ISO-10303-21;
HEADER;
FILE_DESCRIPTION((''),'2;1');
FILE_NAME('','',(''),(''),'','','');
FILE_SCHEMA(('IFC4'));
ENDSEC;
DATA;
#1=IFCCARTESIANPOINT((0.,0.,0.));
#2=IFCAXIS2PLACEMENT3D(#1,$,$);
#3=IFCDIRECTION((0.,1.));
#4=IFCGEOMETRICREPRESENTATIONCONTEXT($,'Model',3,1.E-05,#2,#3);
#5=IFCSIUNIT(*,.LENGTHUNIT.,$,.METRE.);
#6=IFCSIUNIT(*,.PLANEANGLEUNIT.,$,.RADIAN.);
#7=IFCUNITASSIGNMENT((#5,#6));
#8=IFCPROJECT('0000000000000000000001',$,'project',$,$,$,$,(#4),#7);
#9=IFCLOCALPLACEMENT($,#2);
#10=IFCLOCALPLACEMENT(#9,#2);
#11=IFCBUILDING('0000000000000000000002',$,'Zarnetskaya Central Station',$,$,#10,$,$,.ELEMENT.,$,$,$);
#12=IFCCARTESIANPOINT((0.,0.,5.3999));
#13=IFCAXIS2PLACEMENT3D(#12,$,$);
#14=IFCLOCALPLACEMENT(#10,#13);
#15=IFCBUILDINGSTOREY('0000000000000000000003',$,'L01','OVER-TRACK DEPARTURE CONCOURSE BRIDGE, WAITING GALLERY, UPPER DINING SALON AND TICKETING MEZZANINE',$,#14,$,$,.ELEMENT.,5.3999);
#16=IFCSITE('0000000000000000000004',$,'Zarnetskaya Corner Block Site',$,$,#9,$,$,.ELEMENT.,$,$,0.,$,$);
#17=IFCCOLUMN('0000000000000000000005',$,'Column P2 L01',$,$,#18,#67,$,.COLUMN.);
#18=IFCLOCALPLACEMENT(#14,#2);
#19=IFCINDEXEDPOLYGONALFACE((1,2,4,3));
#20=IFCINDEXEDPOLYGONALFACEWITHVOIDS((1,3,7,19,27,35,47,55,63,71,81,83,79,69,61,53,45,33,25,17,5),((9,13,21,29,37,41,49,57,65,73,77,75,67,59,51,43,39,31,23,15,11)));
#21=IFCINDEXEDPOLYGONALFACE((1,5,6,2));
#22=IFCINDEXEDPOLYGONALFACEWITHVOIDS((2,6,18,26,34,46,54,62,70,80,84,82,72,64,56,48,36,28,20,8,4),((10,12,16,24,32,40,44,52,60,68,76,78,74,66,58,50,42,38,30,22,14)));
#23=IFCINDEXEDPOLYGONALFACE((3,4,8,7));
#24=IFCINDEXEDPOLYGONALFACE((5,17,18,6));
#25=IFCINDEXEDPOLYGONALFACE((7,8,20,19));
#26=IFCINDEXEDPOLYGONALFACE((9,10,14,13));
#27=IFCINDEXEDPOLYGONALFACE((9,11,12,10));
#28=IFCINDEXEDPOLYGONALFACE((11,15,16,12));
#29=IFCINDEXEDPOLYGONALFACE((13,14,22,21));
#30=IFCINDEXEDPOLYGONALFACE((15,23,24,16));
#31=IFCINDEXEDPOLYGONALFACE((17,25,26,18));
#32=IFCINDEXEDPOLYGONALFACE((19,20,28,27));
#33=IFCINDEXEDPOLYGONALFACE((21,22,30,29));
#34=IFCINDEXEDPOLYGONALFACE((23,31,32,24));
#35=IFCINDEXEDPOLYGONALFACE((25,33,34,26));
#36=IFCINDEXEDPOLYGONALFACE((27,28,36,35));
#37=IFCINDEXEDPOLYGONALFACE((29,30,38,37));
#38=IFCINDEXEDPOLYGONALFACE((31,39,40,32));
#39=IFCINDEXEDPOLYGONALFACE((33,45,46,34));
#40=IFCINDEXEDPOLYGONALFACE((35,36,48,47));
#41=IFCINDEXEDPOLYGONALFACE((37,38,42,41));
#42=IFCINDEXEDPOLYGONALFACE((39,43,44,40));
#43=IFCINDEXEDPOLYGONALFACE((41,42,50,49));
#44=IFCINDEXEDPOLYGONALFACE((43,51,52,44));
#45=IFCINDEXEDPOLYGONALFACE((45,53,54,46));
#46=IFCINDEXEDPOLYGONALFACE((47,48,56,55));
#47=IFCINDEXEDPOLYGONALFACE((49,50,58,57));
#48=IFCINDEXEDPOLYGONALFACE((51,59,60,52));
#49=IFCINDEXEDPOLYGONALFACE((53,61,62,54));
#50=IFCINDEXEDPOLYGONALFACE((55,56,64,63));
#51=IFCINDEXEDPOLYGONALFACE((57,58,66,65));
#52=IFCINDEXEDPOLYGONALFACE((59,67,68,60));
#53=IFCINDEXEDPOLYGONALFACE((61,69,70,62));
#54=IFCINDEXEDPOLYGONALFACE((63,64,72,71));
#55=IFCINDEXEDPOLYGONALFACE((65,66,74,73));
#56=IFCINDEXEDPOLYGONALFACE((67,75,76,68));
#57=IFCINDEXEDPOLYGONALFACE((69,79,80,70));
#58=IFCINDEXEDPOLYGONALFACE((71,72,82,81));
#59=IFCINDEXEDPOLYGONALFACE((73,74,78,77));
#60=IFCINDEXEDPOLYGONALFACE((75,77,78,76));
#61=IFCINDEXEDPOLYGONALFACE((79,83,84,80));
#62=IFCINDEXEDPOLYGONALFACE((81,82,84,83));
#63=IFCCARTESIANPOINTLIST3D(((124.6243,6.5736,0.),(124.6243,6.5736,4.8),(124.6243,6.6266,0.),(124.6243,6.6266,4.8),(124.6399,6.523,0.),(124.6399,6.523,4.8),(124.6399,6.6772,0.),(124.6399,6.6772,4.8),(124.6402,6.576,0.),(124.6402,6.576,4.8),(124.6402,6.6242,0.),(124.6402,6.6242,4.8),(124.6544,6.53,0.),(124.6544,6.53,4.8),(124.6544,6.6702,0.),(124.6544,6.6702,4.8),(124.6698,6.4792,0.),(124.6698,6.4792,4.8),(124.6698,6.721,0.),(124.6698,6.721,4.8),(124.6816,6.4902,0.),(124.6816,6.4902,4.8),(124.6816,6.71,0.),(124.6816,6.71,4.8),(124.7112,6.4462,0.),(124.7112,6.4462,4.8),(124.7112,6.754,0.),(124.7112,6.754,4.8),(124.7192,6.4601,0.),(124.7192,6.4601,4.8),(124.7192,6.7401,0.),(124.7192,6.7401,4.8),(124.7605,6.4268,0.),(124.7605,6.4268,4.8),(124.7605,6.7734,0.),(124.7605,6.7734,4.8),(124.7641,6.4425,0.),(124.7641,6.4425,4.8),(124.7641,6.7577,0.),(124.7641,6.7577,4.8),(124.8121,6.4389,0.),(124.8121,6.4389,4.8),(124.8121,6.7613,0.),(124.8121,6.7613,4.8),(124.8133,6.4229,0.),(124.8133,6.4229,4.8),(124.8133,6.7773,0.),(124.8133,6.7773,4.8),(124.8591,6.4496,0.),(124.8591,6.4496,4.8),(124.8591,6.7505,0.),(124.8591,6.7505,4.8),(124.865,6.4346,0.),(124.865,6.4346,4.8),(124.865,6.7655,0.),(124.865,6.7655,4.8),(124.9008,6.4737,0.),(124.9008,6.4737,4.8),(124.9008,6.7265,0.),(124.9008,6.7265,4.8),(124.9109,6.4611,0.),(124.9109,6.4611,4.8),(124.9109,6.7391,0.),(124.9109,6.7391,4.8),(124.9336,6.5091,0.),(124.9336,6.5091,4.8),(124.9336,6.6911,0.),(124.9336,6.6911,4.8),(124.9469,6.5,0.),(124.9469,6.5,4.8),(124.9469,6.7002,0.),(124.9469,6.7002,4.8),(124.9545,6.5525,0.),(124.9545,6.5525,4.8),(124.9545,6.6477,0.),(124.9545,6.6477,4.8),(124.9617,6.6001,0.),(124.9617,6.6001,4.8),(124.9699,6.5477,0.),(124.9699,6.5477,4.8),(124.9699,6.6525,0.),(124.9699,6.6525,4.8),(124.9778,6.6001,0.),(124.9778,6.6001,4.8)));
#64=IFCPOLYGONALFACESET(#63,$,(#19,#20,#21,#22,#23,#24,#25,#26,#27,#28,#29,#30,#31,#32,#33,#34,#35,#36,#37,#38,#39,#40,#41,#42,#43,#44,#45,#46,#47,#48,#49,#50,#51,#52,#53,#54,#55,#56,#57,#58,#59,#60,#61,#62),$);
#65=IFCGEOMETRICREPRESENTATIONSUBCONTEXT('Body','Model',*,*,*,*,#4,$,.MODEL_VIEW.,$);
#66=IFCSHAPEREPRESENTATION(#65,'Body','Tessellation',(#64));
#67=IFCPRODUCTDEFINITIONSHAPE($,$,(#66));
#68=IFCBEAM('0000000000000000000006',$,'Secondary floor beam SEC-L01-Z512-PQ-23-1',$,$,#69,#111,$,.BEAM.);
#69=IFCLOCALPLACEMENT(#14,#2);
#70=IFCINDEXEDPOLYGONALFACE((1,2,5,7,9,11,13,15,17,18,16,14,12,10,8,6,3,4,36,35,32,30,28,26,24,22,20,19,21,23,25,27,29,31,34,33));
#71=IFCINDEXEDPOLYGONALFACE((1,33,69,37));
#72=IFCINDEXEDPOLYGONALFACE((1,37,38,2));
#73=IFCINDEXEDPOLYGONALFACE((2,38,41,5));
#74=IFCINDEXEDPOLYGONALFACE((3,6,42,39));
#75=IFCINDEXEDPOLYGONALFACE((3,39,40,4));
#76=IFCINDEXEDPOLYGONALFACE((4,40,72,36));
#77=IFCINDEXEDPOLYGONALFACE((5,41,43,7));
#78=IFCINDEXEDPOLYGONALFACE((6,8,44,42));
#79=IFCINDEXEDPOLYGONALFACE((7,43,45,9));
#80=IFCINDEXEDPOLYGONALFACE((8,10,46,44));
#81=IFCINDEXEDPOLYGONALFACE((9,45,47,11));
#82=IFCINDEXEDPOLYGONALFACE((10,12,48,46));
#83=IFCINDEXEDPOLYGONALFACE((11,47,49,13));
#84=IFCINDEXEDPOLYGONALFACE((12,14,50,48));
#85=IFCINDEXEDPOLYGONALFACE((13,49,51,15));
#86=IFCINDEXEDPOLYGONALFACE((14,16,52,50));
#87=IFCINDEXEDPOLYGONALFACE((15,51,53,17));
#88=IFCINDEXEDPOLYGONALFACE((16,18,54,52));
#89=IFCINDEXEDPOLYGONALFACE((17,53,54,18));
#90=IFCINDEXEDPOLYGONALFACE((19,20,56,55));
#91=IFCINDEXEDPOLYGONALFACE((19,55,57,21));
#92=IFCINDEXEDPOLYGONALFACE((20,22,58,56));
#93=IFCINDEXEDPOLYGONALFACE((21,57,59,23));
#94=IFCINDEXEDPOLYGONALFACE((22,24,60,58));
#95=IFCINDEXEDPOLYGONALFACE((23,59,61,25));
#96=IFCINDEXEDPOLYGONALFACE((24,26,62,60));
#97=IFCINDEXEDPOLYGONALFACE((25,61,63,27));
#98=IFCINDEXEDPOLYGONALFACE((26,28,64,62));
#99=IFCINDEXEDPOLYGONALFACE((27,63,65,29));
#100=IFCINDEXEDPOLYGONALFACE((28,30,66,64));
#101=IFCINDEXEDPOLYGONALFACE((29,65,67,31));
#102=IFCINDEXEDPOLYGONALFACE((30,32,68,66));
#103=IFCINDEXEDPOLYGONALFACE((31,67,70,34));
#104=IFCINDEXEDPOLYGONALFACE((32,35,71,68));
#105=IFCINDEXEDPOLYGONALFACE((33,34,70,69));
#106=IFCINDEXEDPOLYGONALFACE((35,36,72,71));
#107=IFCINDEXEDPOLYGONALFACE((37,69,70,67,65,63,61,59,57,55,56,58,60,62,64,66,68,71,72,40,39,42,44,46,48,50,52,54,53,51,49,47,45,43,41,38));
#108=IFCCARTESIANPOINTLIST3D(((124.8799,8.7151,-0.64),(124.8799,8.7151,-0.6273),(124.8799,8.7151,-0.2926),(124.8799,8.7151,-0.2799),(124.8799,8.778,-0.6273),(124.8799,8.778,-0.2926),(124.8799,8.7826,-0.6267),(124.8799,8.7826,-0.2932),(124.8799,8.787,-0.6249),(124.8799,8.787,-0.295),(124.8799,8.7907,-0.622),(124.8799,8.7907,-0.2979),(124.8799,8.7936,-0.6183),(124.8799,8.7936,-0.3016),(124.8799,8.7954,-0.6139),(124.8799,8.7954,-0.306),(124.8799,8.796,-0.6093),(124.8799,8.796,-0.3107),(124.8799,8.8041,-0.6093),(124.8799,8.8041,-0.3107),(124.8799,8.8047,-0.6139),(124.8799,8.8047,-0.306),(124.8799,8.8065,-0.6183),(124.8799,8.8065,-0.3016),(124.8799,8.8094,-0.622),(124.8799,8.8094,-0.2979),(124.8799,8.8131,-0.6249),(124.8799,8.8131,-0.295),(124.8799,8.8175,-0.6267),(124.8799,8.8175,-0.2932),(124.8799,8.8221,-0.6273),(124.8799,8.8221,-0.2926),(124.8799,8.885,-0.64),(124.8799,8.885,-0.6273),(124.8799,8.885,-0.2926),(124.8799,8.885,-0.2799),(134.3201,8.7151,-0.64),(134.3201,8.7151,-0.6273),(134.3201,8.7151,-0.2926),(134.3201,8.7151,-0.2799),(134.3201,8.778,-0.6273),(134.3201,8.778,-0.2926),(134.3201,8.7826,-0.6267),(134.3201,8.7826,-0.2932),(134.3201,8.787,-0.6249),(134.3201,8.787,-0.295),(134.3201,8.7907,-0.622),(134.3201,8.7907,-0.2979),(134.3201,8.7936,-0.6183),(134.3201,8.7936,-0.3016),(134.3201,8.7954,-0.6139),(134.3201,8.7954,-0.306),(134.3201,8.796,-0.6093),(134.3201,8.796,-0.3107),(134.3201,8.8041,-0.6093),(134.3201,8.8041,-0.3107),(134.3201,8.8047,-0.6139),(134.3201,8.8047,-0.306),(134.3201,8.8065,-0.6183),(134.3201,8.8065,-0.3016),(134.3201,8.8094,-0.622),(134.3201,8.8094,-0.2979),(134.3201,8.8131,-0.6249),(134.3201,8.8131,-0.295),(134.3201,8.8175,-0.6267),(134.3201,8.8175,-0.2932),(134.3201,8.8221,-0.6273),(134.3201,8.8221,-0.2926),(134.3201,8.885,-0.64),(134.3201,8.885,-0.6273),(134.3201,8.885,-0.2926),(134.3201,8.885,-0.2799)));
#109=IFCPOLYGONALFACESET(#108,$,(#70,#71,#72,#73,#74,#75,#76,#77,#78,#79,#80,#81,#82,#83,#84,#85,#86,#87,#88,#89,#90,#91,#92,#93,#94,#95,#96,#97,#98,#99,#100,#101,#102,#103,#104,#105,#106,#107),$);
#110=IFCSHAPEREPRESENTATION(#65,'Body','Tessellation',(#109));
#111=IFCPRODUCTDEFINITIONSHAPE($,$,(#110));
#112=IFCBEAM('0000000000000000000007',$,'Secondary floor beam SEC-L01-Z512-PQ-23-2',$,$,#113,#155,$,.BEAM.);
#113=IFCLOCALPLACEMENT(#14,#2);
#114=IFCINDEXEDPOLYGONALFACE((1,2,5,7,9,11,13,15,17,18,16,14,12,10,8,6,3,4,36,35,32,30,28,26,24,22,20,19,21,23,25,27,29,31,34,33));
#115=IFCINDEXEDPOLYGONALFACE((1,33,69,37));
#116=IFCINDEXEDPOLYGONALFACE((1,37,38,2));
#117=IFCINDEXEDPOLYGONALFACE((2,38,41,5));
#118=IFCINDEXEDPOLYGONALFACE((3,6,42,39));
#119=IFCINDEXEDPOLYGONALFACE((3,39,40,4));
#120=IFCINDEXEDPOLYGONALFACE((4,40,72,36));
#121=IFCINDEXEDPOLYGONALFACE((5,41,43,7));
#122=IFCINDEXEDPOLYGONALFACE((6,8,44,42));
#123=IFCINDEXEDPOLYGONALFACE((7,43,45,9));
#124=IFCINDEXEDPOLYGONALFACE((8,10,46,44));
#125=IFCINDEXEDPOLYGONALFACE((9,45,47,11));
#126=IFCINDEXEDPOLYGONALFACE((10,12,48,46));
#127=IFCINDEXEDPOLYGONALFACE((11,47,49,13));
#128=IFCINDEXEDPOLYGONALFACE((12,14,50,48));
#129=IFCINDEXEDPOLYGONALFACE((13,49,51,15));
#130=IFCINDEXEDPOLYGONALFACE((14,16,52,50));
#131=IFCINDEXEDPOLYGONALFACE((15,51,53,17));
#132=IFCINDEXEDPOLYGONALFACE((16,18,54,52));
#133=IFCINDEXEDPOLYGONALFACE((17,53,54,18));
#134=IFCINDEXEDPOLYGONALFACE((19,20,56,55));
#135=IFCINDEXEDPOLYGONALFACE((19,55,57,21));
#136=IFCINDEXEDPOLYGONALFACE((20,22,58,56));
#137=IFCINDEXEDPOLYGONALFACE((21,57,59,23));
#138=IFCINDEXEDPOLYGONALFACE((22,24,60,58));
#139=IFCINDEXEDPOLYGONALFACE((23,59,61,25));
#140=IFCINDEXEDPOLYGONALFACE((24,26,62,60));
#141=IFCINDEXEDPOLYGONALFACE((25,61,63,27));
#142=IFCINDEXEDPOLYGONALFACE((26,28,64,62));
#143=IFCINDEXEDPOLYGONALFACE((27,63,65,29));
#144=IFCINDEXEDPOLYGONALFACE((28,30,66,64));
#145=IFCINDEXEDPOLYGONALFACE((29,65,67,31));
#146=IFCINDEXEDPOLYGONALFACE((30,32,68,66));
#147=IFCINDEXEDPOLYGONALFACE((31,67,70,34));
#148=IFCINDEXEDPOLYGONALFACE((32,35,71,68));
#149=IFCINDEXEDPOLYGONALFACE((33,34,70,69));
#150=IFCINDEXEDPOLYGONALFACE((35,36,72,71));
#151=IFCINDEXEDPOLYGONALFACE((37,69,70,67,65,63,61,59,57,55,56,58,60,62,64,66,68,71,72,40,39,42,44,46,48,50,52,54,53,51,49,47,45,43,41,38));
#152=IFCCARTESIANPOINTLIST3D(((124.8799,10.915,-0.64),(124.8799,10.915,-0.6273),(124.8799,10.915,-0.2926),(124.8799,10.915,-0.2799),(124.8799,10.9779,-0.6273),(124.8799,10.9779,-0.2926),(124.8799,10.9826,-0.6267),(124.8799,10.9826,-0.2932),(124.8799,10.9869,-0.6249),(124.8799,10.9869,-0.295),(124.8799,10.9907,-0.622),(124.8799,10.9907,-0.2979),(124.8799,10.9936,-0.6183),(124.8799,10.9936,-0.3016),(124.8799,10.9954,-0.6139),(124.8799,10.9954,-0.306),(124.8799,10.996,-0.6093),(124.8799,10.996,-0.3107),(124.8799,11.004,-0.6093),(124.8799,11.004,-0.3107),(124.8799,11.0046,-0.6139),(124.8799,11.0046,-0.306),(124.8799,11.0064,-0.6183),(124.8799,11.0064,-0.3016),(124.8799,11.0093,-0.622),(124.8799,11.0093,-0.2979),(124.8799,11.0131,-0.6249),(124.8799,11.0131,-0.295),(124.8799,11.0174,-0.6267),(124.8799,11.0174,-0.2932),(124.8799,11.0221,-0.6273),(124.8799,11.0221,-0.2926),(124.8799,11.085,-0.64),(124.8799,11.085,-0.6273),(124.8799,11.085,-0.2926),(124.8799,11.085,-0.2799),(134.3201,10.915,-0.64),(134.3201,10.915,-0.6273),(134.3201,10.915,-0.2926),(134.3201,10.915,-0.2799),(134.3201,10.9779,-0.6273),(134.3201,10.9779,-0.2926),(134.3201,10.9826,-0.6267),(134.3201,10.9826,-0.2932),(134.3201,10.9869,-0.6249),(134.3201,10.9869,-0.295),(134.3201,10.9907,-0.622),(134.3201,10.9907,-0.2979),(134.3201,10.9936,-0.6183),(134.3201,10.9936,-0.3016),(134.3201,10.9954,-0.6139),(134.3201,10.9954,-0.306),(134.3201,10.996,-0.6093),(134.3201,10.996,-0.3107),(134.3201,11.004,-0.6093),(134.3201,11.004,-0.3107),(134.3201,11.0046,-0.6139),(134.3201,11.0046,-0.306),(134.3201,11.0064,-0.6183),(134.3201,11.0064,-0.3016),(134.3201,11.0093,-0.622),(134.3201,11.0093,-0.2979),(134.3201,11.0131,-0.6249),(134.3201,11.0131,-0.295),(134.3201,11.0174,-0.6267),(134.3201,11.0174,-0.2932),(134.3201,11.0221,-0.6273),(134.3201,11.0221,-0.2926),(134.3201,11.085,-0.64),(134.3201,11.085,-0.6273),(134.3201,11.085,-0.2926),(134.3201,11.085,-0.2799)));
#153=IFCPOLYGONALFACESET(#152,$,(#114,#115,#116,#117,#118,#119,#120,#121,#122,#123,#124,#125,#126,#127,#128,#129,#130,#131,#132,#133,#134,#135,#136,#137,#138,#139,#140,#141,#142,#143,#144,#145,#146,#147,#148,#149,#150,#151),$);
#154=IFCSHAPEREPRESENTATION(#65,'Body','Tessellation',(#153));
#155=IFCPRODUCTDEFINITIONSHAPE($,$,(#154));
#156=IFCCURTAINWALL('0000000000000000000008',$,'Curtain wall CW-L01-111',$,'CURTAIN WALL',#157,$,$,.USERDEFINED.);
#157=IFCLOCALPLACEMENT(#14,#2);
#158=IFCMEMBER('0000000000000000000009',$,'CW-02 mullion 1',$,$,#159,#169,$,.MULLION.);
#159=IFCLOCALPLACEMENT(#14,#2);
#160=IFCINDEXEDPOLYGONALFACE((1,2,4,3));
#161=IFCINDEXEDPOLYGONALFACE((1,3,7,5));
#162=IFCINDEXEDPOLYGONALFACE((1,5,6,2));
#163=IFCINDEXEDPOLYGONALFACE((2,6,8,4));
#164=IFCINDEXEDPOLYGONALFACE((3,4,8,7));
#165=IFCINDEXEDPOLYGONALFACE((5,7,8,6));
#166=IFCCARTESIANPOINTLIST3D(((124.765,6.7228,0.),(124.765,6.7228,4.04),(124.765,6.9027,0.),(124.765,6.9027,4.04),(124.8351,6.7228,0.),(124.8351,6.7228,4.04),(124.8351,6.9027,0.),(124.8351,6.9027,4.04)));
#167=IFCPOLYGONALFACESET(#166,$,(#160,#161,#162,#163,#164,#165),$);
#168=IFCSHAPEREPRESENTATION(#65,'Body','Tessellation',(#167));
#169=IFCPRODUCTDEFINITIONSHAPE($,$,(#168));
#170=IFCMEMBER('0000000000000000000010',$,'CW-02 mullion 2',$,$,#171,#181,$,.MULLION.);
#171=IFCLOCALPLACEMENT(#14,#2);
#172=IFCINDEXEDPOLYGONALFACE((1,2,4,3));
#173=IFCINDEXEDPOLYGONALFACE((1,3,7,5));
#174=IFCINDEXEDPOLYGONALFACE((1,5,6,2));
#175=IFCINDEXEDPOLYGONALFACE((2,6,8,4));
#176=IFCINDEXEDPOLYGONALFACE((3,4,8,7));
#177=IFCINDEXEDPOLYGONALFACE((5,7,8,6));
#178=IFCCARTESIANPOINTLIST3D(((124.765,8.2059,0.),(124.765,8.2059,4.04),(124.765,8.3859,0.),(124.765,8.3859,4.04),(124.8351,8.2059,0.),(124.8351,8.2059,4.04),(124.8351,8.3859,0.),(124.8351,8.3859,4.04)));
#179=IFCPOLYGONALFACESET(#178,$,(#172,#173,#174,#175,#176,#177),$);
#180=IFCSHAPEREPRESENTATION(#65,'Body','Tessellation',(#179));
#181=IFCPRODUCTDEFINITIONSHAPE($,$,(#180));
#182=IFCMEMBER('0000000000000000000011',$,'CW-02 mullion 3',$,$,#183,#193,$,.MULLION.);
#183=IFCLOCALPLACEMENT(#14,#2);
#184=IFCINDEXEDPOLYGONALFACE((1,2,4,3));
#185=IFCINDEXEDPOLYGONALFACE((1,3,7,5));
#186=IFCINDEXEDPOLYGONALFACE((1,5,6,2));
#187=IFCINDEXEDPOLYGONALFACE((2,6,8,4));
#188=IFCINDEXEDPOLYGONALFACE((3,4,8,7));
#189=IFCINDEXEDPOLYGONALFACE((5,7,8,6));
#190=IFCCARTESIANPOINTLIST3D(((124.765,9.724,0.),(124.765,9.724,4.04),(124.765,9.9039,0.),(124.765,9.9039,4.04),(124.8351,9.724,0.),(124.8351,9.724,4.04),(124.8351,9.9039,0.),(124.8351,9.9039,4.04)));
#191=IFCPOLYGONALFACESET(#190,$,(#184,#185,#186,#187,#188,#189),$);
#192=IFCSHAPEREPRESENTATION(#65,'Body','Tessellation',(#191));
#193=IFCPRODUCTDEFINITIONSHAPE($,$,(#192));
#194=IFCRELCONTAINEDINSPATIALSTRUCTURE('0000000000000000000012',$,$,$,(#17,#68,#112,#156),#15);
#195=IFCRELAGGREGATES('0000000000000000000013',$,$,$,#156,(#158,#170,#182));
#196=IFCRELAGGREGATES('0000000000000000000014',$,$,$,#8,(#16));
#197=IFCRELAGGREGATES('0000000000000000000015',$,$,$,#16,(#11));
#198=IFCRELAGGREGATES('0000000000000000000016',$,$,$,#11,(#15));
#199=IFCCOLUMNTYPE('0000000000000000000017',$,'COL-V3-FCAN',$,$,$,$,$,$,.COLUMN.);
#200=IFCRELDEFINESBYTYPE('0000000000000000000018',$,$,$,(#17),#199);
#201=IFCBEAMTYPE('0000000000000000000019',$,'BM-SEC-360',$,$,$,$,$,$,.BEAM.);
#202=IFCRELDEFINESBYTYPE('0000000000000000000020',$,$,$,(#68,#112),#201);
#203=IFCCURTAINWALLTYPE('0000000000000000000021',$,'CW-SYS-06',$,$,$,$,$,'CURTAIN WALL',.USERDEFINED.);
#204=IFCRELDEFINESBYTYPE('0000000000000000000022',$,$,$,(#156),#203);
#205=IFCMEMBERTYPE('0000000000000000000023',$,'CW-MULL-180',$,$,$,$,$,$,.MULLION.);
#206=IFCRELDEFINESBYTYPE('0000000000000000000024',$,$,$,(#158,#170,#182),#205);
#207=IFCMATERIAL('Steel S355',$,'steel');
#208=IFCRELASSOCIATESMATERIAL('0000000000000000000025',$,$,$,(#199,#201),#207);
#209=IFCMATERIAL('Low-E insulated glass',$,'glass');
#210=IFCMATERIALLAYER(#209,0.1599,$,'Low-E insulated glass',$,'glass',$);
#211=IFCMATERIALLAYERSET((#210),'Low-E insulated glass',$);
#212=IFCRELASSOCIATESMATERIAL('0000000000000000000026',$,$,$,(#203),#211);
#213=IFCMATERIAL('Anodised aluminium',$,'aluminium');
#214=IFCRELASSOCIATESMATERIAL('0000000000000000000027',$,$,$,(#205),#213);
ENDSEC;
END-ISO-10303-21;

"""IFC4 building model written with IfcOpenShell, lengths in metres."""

from ifc_helpers import new_model, si_unit, direction, frame, origin, origin_2d, place, context, subcontext, project, spatial, rectangle, hollow_circle, i_section, extrude, material, layer, layer_set, material_profile, profile_set, type_object, element, aggregate, save


model = new_model("IFC4")

# Units and contexts
model_context = context("Model", 3, precision=1e-05, world=origin(), true_north=direction((0.0, 1.0)))
body_context = subcontext(model_context, "Body", "Model", "MODEL_VIEW")
ifc_project = project(units=[si_unit("LENGTHUNIT", "METRE"), si_unit("PLANEANGLEUNIT", "RADIAN")], contexts=[model_context])

# Site, building, storey
site_placement = place(None, origin())
site = spatial("IfcSite", under=ifc_project, at=site_placement, Name="Zarnetskaya Corner Block Site", CompositionType="ELEMENT", RefElevation=0.0)
building_placement = place(site_placement, origin())
building = spatial("IfcBuilding", under=site, at=building_placement, Name="Zarnetskaya Central Station", CompositionType="ELEMENT")
storey_placement = place(building_placement, frame((0.0, 0.0, 5.3999)))
storey = spatial("IfcBuildingStorey", under=building, at=storey_placement, Name="L01", Description="OVER-TRACK DEPARTURE CONCOURSE BRIDGE, WAITING GALLERY, UPPER DINING SALON AND TICKETING MEZZANINE", CompositionType="ELEMENT", Elevation=5.3999)

# Column
ifc_material_1 = material(Name="Steel S355", Category="steel")
ifc_material_profile_1 = material_profile(ifc_material_1, hollow_circle(Radius=0.1777, WallThickness=0.0161, at=origin_2d()), Name="CHS 355.6x16")
ifc_profile_set_1 = profile_set([ifc_material_profile_1], Name="Steel S355")
column_type = type_object("IfcColumnType", Name="COL-V3-FCAN", PredefinedType="COLUMN", material=ifc_profile_set_1)
column_placement = place(storey_placement, frame((124.8, 6.6001, 0.0), z_axis=(0.0, 0.0, 1.0), x_axis=(1.0, 0.0, 0.0)))
element("IfcColumn", 1, at=column_placement, inside=storey, type_object=column_type, Name="Column P2 L01", PredefinedType="COLUMN", context=body_context, shape_type="SweptSolid", body=[
    extrude(hollow_circle(Radius=0.1777, WallThickness=0.0161, at=origin_2d()), origin(), (0.0, 0.0, 1.0), 4.8),
])

# Beams
ifc_material_profile_2 = material_profile(ifc_material_1, i_section(OverallWidth=0.1699, OverallDepth=0.3601, WebThickness=0.0081, FlangeThickness=0.0127, FilletRadius=0.0181, at=origin_2d()), Name="IPE 360")
ifc_profile_set_2 = profile_set([ifc_material_profile_2], Name="Steel S355")
beam_type_1 = type_object("IfcBeamType", Name="BM-SEC-360", PredefinedType="BEAM", material=ifc_profile_set_2)
for number, where, z_axis, x_axis, name in (
    (2, (124.8799, 8.8, -0.46), (1.0, 0.0, 0.0), (0.0, 1.0, 0.0), "Secondary floor beam SEC-L01-Z512-PQ-23-1"),
    (3, (124.8799, 11.0, -0.46), (1.0, 0.0, 0.0), (0.0, 1.0, 0.0), "Secondary floor beam SEC-L01-Z512-PQ-23-2"),
):
    element("IfcBeam", number, at=place(storey_placement, frame(where, z_axis=z_axis, x_axis=x_axis)), inside=storey, type_object=beam_type_1, Name=name, PredefinedType="BEAM", context=body_context, shape_type="SweptSolid", body=[
        extrude(i_section(OverallWidth=0.1699, OverallDepth=0.3601, WebThickness=0.0081, FlangeThickness=0.0127, FilletRadius=0.0181, at=origin_2d()), origin(), (0.0, 0.0, 1.0), 9.4402),
    ])

# Curtain wall, members
ifc_material_2 = material(Name="Low-E insulated glass", Category="glass")
ifc_layer_1 = layer(ifc_material_2, 0.1599, Name="Low-E insulated glass", Category="glass")
ifc_layer_set_1 = layer_set([ifc_layer_1], Name="Low-E insulated glass")
curtain_wall_type = type_object("IfcCurtainWallType", Name="CW-SYS-06", ElementType="CURTAIN WALL", PredefinedType="USERDEFINED", material=ifc_layer_set_1)
curtain_wall_placement = place(storey_placement, origin())
curtain_wall = element("IfcCurtainWall", 4, at=curtain_wall_placement, inside=storey, type_object=curtain_wall_type, Name="Curtain wall CW-L01-111", ObjectType="CURTAIN WALL", PredefinedType="USERDEFINED")
ifc_material_3 = material(Name="Anodised aluminium", Category="aluminium")
ifc_material_profile_3 = material_profile(ifc_material_3, rectangle(XDim=0.0701, YDim=0.1799, at=origin_2d()), Name="ALU MULL 70x180")
ifc_profile_set_3 = profile_set([ifc_material_profile_3], Name="Anodised aluminium")
member_type_1 = type_object("IfcMemberType", Name="CW-MULL-180", PredefinedType="MULLION", material=ifc_profile_set_3)
member_1_placement = place(storey_placement, frame((124.8, 6.8127, 0.0), z_axis=(0.0, 0.0, 1.0), x_axis=(-1.0, 0.0, 0.0)))
member_1 = element("IfcMember", 5, at=member_1_placement, type_object=member_type_1, Name="CW-02 mullion 1", PredefinedType="MULLION", context=body_context, shape_type="SweptSolid", body=[
    extrude(rectangle(XDim=0.0701, YDim=0.1799, at=origin_2d()), origin(), (0.0, 0.0, 1.0), 4.04),
])
member_2_placement = place(storey_placement, frame((124.8, 8.2959, 0.0), z_axis=(0.0, 0.0, 1.0), x_axis=(-1.0, 0.0, 0.0)))
member_2 = element("IfcMember", 6, at=member_2_placement, type_object=member_type_1, Name="CW-02 mullion 2", PredefinedType="MULLION", context=body_context, shape_type="SweptSolid", body=[
    extrude(rectangle(XDim=0.0701, YDim=0.1799, at=origin_2d()), origin(), (0.0, 0.0, 1.0), 4.04),
])
member_3_placement = place(storey_placement, frame((124.8, 9.814, 0.0), z_axis=(0.0, 0.0, 1.0), x_axis=(-1.0, 0.0, 0.0)))
member_3 = element("IfcMember", 7, at=member_3_placement, type_object=member_type_1, Name="CW-02 mullion 3", PredefinedType="MULLION", context=body_context, shape_type="SweptSolid", body=[
    extrude(rectangle(XDim=0.0701, YDim=0.1799, at=origin_2d()), origin(), (0.0, 0.0, 1.0), 4.04),
])

aggregate(curtain_wall, [member_1, member_2, member_3])

save(model, "model.ifc")
